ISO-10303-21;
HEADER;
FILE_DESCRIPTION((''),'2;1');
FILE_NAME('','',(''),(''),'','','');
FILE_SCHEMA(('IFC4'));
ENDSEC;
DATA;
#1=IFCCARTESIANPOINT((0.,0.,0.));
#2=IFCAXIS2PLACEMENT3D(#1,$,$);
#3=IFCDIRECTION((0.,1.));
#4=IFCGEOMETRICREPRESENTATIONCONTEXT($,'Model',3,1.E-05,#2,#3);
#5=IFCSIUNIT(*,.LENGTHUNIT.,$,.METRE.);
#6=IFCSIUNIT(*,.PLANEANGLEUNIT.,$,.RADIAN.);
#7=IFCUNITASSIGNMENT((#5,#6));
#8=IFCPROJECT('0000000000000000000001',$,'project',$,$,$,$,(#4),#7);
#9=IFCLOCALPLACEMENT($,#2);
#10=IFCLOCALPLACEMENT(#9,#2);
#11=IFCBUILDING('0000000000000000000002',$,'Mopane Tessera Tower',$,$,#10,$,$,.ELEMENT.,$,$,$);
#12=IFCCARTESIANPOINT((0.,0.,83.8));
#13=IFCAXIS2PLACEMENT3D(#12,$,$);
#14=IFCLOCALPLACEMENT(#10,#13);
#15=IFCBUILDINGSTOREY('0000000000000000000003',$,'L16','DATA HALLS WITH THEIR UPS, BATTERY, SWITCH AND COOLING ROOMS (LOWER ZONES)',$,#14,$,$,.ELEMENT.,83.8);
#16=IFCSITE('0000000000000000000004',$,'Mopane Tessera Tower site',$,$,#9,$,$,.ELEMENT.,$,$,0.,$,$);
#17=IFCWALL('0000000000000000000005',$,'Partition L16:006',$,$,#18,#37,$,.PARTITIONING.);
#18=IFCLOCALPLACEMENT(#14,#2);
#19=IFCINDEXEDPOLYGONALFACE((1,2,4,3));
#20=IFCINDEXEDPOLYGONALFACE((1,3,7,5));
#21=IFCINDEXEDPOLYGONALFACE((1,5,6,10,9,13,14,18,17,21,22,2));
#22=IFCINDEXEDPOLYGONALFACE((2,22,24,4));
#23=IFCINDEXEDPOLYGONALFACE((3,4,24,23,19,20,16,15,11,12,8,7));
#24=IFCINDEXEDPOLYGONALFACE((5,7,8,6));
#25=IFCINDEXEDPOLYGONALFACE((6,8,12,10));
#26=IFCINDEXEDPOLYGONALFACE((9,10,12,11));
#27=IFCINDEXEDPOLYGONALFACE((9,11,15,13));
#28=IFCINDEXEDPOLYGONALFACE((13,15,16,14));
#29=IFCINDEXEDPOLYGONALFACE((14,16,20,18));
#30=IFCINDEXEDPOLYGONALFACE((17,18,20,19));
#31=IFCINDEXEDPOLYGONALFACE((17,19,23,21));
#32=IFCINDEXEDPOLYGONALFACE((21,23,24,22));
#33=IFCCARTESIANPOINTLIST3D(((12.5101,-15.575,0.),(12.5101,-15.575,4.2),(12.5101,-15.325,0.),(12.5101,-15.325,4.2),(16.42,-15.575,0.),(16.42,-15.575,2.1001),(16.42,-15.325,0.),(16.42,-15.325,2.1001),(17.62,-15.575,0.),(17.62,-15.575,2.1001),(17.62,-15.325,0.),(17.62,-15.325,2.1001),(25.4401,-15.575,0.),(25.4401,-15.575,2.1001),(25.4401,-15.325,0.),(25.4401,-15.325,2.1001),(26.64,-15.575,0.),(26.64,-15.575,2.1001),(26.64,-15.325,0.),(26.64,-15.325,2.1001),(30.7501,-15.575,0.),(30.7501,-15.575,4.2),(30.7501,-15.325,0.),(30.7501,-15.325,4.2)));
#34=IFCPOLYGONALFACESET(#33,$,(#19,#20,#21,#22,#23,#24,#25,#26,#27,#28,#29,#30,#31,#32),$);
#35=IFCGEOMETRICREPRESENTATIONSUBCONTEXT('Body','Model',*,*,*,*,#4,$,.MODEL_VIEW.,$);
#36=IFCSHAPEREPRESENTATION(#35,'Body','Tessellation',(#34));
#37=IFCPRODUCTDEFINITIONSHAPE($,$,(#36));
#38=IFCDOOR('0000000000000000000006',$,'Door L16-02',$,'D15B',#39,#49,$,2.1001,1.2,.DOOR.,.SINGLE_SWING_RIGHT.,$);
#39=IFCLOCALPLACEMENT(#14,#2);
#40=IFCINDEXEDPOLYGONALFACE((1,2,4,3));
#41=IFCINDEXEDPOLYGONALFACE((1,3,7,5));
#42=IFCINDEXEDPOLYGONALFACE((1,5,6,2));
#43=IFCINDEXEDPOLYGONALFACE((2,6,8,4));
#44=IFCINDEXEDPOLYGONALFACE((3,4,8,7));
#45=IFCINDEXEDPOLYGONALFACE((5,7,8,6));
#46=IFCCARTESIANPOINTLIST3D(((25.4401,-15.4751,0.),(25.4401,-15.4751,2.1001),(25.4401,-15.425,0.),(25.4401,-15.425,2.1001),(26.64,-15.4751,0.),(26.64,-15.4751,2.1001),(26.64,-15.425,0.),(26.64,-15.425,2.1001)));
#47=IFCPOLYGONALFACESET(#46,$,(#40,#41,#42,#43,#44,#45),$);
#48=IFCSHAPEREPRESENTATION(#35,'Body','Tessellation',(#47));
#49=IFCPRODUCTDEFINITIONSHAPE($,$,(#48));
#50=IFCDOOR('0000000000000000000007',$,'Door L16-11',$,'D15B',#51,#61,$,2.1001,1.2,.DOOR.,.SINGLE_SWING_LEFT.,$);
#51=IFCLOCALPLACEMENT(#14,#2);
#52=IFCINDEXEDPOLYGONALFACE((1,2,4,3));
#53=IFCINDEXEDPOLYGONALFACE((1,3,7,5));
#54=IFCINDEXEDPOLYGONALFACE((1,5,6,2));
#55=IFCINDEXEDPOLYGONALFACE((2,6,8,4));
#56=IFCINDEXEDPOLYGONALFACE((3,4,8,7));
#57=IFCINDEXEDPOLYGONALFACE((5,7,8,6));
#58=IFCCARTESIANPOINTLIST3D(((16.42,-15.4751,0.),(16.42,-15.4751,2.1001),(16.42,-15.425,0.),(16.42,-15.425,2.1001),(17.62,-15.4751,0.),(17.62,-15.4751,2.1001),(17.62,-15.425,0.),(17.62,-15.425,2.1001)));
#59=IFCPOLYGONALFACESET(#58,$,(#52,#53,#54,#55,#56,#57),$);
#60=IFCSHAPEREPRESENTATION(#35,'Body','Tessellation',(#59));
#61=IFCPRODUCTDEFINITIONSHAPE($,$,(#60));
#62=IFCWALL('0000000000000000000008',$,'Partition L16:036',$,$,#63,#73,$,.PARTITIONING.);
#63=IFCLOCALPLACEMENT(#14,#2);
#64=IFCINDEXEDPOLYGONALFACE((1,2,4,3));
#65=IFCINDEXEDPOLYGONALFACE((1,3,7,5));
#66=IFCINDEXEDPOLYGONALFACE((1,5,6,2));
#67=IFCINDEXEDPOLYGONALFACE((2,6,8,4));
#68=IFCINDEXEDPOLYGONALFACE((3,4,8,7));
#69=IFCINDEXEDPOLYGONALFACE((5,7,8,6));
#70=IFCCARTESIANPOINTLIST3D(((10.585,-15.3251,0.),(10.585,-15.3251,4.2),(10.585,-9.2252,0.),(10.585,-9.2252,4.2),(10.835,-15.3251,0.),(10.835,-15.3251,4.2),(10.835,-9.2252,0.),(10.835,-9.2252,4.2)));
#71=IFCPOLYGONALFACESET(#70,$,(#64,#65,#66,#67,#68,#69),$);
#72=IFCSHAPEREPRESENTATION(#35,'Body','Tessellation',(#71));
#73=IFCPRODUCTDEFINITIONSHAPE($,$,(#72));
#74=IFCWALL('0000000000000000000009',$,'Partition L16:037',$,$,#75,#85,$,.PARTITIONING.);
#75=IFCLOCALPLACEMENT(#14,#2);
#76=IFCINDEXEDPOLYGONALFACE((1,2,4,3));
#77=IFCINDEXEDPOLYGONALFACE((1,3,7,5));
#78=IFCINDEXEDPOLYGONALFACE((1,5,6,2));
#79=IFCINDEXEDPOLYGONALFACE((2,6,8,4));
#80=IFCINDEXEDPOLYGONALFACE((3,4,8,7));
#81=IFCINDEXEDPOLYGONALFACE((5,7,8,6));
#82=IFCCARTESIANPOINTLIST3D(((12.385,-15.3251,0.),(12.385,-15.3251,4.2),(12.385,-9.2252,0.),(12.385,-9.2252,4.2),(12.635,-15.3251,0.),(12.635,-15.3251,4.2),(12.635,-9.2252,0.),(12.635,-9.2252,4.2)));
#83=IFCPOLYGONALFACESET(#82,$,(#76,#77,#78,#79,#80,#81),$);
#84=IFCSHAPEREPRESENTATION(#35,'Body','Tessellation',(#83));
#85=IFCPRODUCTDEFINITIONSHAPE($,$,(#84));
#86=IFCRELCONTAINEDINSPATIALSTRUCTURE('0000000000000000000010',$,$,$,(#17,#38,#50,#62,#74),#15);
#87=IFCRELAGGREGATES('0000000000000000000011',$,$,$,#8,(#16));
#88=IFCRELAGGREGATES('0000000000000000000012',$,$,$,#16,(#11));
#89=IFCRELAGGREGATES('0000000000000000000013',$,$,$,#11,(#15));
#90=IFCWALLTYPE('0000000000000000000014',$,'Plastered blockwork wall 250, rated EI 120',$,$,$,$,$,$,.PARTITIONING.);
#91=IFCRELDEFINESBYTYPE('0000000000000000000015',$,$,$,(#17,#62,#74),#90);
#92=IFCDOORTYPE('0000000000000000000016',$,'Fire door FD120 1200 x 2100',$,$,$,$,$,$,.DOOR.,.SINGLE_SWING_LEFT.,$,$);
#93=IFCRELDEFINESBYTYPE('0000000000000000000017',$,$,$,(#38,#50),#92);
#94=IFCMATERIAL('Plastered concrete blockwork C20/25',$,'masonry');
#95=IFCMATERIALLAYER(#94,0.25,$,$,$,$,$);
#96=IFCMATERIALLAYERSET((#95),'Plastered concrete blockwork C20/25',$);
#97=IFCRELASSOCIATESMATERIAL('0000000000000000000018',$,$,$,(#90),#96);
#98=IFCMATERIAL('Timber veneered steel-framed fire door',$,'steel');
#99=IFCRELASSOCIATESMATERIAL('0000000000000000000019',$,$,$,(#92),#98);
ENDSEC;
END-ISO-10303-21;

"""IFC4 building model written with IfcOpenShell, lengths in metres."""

from ifc_helpers import new_model, si_unit, direction, frame, frame_2d, origin, place, context, subcontext, project, spatial, rectangle, extrude, material, layer, layer_set, type_object, element, fill, save


model = new_model("IFC4")

# Units and contexts
model_context = context("Model", 3, precision=1e-05, world=origin(), true_north=direction((0.0, 1.0)))
body_context = subcontext(model_context, "Body", "Model", "MODEL_VIEW")
ifc_project = project(units=[si_unit("LENGTHUNIT", "METRE"), si_unit("PLANEANGLEUNIT", "RADIAN")], contexts=[model_context])

# Site, building, storey
site_placement = place(None, origin())
site = spatial("IfcSite", under=ifc_project, at=site_placement, Name="Mopane Tessera Tower site", CompositionType="ELEMENT", RefElevation=0.0)
building_placement = place(site_placement, origin())
building = spatial("IfcBuilding", under=site, at=building_placement, Name="Mopane Tessera Tower", CompositionType="ELEMENT")
storey_placement = place(building_placement, frame((0.0, 0.0, 83.8)))
storey = spatial("IfcBuildingStorey", under=building, at=storey_placement, Name="L16", Description="DATA HALLS WITH THEIR UPS, BATTERY, SWITCH AND COOLING ROOMS (LOWER ZONES)", CompositionType="ELEMENT", Elevation=83.8)

# Wall, openings, doors
ifc_material_1 = material(Name="Plastered concrete blockwork C20/25", Category="masonry")
ifc_layer_1 = layer(ifc_material_1, 0.25)
ifc_layer_set_1 = layer_set([ifc_layer_1], Name="Plastered concrete blockwork C20/25")
wall_type_1 = type_object("IfcWallType", Name="Plastered blockwork wall 250, rated EI 120", PredefinedType="PARTITIONING", material=ifc_layer_set_1)
wall_1_placement = place(storey_placement, frame((12.51, -15.45, 0.0), z_axis=(0.0, 0.0, 1.0), x_axis=(1.0, 0.0, 0.0)))
wall_1 = element("IfcWall", 1, at=wall_1_placement, inside=storey, type_object=wall_type_1, Name="Partition L16:006", PredefinedType="PARTITIONING", context=body_context, shape_type="SweptSolid", body=[
    extrude(rectangle(XDim=18.24, YDim=0.25, at=frame_2d((9.1201, 0.0))), origin(), (0.0, 0.0, 1.0), 4.2),
])
opening_1_placement = place(wall_1_placement, frame((12.9299, 0.0, 0.0)))
opening_1 = element("IfcOpeningElement", 2, at=opening_1_placement, cuts=wall_1, PredefinedType="OPENING", context=body_context, shape_type="SweptSolid", body=[
    extrude(rectangle(XDim=1.2, YDim=2.1001, at=frame_2d((0.6001, 1.05))), frame((0.0, 0.137, 0.0), z_axis=(0.0, -1.0, 0.0), x_axis=(1.0, 0.0, 0.0)), (0.0, 0.0, 1.0), 0.2739),
])
opening_2_placement = place(wall_1_placement, frame((3.9099, 0.0, 0.0)))
opening_2 = element("IfcOpeningElement", 3, at=opening_2_placement, cuts=wall_1, PredefinedType="OPENING", context=body_context, shape_type="SweptSolid", body=[
    extrude(rectangle(XDim=1.2, YDim=2.1001, at=frame_2d((0.6001, 1.05))), frame((0.0, 0.137, 0.0), z_axis=(0.0, -1.0, 0.0), x_axis=(1.0, 0.0, 0.0)), (0.0, 0.0, 1.0), 0.2739),
])
ifc_material_2 = material(Name="Timber veneered steel-framed fire door", Category="steel")
door_type = type_object("IfcDoorType", Name="Fire door FD120 1200 x 2100", OperationType="SINGLE_SWING_LEFT", PredefinedType="DOOR", material=ifc_material_2)
door_1_placement = place(opening_1_placement, origin())
door_1 = element("IfcDoor", 4, at=door_1_placement, inside=storey, type_object=door_type, Name="Door L16-02", ObjectType="D15B", OperationType="SINGLE_SWING_RIGHT", OverallHeight=2.1001, OverallWidth=1.2, PredefinedType="DOOR", context=body_context, shape_type="SweptSolid", body=[
    extrude(rectangle(XDim=1.2, YDim=2.1001, at=frame_2d((0.6001, 1.05))), frame((0.0, 0.0249, 0.0), z_axis=(0.0, -1.0, 0.0), x_axis=(1.0, 0.0, 0.0)), (0.0, 0.0, 1.0), 0.05),
])
fill(opening_1, door_1)
door_2_placement = place(opening_2_placement, origin())
door_2 = element("IfcDoor", 5, at=door_2_placement, inside=storey, type_object=door_type, Name="Door L16-11", ObjectType="D15B", OperationType="SINGLE_SWING_LEFT", OverallHeight=2.1001, OverallWidth=1.2, PredefinedType="DOOR", context=body_context, shape_type="SweptSolid", body=[
    extrude(rectangle(XDim=1.2, YDim=2.1001, at=frame_2d((0.6001, 1.05))), frame((0.0, 0.0249, 0.0), z_axis=(0.0, -1.0, 0.0), x_axis=(1.0, 0.0, 0.0)), (0.0, 0.0, 1.0), 0.05),
])
fill(opening_2, door_2)

# Walls
for number, where, z_axis, x_axis, name in (
    (6, (10.71, -15.325, 0.0), (0.0, 0.0, 1.0), (0.0, 1.0, 0.0), "Partition L16:036"),
    (7, (12.51, -15.325, 0.0), (0.0, 0.0, 1.0), (0.0, 1.0, 0.0), "Partition L16:037"),
):
    element("IfcWall", number, at=place(storey_placement, frame(where, z_axis=z_axis, x_axis=x_axis)), inside=storey, type_object=wall_type_1, Name=name, PredefinedType="PARTITIONING", context=body_context, shape_type="SweptSolid", body=[
        extrude(rectangle(XDim=6.0999, YDim=0.25, at=frame_2d((3.0498, 0.0))), origin(), (0.0, 0.0, 1.0), 4.2),
    ])

save(model, "model.ifc")
